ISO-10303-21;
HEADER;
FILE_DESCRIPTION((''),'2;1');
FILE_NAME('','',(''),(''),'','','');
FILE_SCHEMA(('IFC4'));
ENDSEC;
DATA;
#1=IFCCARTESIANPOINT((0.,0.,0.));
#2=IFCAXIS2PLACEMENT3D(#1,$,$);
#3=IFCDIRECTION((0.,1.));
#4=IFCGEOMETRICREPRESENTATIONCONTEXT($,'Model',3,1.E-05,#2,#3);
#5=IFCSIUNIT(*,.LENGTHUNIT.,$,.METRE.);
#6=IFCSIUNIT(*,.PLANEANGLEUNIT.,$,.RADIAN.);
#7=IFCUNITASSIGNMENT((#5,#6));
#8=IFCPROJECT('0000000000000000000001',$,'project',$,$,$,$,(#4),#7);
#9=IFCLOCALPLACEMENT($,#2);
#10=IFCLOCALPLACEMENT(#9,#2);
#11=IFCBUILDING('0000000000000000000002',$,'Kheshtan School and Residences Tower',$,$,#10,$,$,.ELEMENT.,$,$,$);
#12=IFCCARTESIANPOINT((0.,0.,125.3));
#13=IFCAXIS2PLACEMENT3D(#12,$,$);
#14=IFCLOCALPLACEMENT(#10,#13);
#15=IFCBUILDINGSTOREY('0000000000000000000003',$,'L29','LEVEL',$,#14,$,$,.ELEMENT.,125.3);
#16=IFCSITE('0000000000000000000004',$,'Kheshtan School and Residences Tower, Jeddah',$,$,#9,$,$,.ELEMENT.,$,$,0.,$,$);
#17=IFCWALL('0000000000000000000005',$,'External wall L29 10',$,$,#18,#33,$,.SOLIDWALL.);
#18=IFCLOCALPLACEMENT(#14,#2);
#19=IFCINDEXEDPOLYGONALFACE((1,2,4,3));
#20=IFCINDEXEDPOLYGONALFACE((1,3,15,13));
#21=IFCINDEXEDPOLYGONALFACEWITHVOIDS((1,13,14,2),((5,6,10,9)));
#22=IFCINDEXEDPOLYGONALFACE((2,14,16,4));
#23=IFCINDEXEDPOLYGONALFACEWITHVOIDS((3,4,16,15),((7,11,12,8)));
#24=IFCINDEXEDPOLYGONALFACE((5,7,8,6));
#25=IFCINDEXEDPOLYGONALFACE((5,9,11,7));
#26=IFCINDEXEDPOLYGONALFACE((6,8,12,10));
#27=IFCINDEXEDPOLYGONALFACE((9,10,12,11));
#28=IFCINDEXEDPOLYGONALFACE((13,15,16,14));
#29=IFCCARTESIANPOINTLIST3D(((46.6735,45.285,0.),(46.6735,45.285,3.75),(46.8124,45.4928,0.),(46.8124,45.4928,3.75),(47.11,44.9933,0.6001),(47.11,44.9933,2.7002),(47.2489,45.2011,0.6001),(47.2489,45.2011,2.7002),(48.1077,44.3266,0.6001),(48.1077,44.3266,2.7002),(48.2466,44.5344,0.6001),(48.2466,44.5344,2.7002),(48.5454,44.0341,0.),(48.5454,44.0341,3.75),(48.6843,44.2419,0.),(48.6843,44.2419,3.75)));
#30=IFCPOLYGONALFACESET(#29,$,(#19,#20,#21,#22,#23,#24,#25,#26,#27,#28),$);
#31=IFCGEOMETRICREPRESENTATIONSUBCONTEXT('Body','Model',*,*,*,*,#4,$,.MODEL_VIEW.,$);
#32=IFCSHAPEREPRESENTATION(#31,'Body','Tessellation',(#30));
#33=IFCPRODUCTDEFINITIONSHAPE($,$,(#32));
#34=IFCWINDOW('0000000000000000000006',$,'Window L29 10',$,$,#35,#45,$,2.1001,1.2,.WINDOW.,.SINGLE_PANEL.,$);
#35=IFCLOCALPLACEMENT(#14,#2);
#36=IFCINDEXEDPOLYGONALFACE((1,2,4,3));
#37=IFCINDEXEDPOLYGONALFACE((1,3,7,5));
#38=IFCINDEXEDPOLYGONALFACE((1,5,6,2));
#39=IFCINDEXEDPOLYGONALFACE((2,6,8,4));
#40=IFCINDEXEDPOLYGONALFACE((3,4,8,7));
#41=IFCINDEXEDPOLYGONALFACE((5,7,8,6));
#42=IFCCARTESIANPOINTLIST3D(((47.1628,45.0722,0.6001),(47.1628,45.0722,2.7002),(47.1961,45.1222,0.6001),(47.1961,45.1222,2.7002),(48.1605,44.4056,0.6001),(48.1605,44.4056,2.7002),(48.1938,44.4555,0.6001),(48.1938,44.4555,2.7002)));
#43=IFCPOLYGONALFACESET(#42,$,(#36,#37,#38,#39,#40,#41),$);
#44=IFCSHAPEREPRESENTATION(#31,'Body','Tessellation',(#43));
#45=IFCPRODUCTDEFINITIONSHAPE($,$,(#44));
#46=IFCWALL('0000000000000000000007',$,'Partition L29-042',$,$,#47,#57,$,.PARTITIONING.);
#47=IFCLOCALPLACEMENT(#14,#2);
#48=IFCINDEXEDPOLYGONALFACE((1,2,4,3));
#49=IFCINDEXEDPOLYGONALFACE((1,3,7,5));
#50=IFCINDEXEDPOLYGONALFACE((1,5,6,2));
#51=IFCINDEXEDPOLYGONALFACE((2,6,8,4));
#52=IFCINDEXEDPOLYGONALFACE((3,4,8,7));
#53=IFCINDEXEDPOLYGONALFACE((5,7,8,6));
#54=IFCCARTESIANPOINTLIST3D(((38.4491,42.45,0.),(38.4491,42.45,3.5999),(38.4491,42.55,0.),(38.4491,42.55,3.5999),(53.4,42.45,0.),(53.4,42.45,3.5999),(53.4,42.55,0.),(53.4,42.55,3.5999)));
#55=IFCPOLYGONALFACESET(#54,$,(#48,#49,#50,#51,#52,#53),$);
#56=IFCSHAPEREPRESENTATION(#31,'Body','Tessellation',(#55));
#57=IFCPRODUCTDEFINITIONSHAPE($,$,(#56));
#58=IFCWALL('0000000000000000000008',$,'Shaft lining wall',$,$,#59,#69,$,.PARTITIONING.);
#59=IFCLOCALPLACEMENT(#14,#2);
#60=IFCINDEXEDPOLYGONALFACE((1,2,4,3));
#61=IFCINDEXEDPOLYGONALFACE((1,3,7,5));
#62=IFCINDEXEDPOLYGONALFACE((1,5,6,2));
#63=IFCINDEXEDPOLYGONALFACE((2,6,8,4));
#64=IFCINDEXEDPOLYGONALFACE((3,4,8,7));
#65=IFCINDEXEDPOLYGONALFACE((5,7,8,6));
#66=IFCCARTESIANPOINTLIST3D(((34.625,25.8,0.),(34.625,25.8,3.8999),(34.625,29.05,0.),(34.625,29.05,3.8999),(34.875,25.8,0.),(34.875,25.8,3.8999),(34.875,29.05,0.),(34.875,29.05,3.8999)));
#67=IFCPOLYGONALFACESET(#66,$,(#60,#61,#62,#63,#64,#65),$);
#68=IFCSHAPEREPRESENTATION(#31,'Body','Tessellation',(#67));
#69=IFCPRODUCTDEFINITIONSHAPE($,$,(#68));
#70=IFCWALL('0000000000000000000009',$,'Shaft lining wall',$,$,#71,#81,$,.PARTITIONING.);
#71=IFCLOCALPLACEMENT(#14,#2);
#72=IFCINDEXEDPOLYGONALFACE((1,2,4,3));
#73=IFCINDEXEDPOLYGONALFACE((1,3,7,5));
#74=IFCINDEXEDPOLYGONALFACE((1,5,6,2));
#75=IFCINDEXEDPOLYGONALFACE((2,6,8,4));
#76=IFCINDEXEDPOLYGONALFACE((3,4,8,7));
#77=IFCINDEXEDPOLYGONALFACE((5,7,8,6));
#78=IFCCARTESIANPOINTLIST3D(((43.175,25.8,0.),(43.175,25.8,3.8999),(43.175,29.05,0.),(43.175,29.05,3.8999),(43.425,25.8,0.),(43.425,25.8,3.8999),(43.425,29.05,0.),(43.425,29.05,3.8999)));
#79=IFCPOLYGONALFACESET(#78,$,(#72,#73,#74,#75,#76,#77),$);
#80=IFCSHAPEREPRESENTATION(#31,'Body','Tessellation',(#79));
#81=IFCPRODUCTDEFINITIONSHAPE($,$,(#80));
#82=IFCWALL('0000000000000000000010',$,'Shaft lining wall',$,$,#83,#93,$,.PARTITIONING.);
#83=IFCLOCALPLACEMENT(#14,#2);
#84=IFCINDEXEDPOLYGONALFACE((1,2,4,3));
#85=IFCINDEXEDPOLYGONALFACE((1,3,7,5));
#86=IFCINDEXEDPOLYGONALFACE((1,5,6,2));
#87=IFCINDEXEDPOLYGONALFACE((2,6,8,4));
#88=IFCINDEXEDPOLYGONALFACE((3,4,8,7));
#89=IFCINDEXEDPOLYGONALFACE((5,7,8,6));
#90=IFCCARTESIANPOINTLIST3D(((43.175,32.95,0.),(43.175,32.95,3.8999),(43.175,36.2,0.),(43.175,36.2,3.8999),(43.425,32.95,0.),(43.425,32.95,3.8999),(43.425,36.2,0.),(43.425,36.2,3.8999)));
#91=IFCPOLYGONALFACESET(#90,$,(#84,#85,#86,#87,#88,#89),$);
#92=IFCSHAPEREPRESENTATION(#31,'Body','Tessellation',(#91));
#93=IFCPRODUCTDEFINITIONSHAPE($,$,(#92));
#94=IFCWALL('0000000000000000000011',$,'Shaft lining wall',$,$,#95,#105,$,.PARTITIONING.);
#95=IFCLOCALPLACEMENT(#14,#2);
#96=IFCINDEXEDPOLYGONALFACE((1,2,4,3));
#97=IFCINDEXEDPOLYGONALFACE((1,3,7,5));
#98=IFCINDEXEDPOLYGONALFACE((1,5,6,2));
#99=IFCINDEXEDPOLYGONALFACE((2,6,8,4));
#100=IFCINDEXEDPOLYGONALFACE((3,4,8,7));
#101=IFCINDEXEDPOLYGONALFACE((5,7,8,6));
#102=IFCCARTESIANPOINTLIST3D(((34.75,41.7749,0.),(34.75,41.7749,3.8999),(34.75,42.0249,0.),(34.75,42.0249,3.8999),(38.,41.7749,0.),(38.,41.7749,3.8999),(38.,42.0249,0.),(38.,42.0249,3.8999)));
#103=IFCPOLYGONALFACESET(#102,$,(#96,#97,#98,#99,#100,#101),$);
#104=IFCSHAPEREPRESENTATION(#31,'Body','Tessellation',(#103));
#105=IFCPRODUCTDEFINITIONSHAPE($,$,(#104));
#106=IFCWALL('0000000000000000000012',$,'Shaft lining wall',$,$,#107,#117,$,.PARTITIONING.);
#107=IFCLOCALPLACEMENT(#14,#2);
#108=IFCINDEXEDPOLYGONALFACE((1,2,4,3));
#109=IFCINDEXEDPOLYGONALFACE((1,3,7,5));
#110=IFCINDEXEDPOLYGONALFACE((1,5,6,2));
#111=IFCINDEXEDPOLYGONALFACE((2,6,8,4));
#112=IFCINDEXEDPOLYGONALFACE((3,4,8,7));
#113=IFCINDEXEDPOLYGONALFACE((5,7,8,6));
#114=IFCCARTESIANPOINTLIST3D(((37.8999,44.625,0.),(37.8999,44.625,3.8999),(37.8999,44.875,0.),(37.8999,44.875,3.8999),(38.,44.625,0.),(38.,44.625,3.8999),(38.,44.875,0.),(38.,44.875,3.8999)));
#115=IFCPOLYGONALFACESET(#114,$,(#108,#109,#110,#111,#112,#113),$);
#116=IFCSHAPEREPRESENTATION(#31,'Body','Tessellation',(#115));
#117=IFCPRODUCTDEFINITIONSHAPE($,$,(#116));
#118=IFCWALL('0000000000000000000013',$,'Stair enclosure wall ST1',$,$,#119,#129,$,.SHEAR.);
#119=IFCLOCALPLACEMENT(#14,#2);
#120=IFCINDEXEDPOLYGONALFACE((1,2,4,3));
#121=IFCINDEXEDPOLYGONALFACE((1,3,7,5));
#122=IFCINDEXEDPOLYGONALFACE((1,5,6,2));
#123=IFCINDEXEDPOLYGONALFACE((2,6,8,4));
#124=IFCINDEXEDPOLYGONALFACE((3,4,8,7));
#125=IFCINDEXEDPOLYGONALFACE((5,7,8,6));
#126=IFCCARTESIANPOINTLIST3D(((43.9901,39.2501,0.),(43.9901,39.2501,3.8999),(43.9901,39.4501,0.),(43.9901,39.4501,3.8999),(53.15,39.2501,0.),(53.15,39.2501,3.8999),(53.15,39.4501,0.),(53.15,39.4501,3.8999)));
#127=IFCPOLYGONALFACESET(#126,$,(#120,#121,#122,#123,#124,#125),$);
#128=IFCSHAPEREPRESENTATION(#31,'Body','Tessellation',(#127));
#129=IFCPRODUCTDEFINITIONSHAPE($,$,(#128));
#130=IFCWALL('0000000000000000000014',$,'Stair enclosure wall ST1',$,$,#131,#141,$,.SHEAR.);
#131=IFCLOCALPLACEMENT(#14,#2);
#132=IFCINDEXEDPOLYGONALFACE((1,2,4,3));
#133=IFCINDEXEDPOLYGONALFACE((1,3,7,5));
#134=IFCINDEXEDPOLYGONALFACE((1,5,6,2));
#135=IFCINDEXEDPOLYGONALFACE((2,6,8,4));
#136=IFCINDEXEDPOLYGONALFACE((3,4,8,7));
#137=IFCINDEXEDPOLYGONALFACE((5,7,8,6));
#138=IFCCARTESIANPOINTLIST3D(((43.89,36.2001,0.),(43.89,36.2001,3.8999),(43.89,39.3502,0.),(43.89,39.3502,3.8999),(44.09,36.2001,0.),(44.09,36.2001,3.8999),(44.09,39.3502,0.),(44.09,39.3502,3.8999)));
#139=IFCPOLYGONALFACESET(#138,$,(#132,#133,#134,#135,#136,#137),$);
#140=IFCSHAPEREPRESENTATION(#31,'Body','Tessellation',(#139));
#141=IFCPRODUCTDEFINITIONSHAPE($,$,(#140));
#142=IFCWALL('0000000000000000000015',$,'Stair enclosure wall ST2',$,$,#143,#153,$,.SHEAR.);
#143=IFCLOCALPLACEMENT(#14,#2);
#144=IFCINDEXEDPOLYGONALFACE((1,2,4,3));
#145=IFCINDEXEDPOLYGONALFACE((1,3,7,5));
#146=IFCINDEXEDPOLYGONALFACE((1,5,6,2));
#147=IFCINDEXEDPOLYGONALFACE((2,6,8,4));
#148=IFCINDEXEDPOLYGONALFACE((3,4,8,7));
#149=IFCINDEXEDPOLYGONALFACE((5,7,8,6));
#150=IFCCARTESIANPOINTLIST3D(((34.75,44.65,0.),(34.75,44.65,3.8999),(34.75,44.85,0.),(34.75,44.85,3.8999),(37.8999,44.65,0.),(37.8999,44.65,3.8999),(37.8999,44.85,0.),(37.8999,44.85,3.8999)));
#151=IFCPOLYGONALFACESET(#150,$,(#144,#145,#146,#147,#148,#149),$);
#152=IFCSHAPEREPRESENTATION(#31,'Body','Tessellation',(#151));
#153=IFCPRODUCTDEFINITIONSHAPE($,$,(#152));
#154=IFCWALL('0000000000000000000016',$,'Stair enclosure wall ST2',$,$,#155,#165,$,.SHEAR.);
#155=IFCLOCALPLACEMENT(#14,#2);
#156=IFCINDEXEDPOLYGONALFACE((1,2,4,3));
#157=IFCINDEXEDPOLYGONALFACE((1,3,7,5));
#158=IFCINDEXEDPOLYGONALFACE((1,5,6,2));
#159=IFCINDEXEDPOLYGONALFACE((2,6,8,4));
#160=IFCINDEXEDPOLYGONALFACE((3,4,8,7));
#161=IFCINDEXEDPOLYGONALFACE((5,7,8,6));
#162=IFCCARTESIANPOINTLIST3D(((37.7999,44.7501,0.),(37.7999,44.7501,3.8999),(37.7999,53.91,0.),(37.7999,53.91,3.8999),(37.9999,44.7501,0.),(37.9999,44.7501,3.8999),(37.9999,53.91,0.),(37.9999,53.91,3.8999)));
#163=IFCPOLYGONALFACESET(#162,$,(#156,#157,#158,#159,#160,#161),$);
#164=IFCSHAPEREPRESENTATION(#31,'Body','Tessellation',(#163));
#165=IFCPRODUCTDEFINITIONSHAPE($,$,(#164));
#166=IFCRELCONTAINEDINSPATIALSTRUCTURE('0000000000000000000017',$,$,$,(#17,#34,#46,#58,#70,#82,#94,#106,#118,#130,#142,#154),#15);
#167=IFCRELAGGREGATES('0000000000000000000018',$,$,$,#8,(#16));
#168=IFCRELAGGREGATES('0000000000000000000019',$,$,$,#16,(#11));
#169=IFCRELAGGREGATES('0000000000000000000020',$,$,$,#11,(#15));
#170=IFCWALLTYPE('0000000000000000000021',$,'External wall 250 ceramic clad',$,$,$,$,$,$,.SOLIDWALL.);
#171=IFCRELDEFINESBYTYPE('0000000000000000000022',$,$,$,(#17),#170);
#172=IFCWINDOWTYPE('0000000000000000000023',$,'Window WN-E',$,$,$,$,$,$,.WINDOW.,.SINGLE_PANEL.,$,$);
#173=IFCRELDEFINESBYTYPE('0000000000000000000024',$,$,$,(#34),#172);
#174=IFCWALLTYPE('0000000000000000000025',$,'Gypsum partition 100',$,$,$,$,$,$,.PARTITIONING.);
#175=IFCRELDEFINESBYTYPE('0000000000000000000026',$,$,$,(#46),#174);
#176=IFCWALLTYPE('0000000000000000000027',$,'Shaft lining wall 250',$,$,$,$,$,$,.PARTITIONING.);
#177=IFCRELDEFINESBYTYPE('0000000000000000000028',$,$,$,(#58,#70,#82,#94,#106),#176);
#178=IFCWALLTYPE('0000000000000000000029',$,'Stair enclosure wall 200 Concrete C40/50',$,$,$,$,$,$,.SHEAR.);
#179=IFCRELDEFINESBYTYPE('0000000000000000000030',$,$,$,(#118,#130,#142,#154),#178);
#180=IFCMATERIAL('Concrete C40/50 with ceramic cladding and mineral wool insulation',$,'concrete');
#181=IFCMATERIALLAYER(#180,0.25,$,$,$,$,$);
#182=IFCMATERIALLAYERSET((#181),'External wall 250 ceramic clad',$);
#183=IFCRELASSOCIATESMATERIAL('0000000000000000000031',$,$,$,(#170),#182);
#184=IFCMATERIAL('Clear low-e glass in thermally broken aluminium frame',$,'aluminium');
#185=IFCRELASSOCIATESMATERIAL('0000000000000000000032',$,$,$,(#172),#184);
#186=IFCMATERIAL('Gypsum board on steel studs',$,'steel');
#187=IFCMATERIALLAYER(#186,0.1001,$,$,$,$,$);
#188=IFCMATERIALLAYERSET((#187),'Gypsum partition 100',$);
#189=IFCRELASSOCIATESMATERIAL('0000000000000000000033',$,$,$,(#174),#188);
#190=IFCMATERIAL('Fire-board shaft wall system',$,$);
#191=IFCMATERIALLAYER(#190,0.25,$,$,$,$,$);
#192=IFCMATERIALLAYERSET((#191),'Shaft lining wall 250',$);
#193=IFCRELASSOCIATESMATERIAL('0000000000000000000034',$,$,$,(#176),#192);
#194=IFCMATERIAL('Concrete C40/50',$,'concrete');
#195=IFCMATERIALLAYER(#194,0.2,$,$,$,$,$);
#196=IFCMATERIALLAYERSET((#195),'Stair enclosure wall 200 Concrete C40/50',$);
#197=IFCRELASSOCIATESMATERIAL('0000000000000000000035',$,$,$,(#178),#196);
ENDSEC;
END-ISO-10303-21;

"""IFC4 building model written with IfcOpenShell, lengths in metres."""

from ifc_helpers import new_model, si_unit, direction, frame, frame_2d, origin, place, context, subcontext, project, spatial, rectangle, extrude, source, transform, mapped, material, layer, layer_set, type_object, element, fill, save


model = new_model("IFC4")

# Units and contexts
model_context = context("Model", 3, precision=1e-05, world=origin(), true_north=direction((0.0, 1.0)))
body_context = subcontext(model_context, "Body", "Model", "MODEL_VIEW")
ifc_project = project(units=[si_unit("LENGTHUNIT", "METRE"), si_unit("PLANEANGLEUNIT", "RADIAN")], contexts=[model_context])

# Site, building, storey
site_placement = place(None, origin())
site = spatial("IfcSite", under=ifc_project, at=site_placement, Name="Kheshtan School and Residences Tower, Jeddah", CompositionType="ELEMENT", RefElevation=0.0)
building_placement = place(site_placement, origin())
building = spatial("IfcBuilding", under=site, at=building_placement, Name="Kheshtan School and Residences Tower", CompositionType="ELEMENT")
storey_placement = place(building_placement, frame((0.0, 0.0, 125.3)))
storey = spatial("IfcBuildingStorey", under=building, at=storey_placement, Name="L29", Description="LEVEL", CompositionType="ELEMENT", Elevation=125.3)

# Shared definitions
ifc_material_1 = material(Name="Concrete C40/50 with ceramic cladding and mineral wool insulation", Category="concrete")
ifc_layer_1 = layer(ifc_material_1, 0.25)
ifc_layer_set_1 = layer_set([ifc_layer_1], Name="External wall 250 ceramic clad")
wall_type_1 = type_object("IfcWallType", Name="External wall 250 ceramic clad", PredefinedType="SOLIDWALL", material=ifc_layer_set_1)

# Wall, opening, window
wall_1_placement = place(storey_placement, frame((46.7429, 45.3889, 0.0), z_axis=(0.0, 0.0, 1.0), x_axis=(0.831449, -0.555601, 0.0)))
wall_1 = element("IfcWall", 1, at=wall_1_placement, inside=storey, type_object=wall_type_1, Name="External wall L29 10", PredefinedType="SOLIDWALL", context=body_context, shape_type="SweptSolid", body=[
    extrude(rectangle(XDim=2.2515, YDim=0.25, at=frame_2d((1.1257, 0.0))), origin(), (0.0, 0.0, 1.0), 3.75),
])
opening_1_placement = place(wall_1_placement, frame((0.5249, 0.0, 0.6001)))
opening_1 = element("IfcOpeningElement", 2, at=opening_1_placement, cuts=wall_1, PredefinedType="OPENING", context=body_context, shape_type="SweptSolid", body=[
    extrude(rectangle(XDim=1.2, YDim=2.1001, at=frame_2d((0.6001, 1.05))), frame((0.0, 0.135, 0.0), z_axis=(0.0, -1.0, 0.0), x_axis=(1.0, 0.0, 0.0)), (0.0, 0.0, 1.0), 0.27),
])
ifc_material_2 = material(Name="Clear low-e glass in thermally broken aluminium frame", Category="aluminium")
window_type = type_object("IfcWindowType", Name="Window WN-E", PartitioningType="SINGLE_PANEL", PredefinedType="WINDOW", material=ifc_material_2)
shared_shape_1 = source(origin(), body_context, "Body", "SweptSolid", [
    extrude(rectangle(XDim=1.2, YDim=2.1001, at=frame_2d((0.6001, 1.05))), frame((0.0, 0.03, 0.0), z_axis=(0.0, -1.0, 0.0), x_axis=(1.0, 0.0, 0.0)), (0.0, 0.0, 1.0), 0.0601),
])
window_placement = place(opening_1_placement, origin())
window = element("IfcWindow", 3, at=window_placement, inside=storey, type_object=window_type, Name="Window L29 10", OverallHeight=2.1001, OverallWidth=1.2, PartitioningType="SINGLE_PANEL", PredefinedType="WINDOW", context=body_context, shape_type="MappedRepresentation", body=[
    mapped(shared_shape_1, transform((0.0, 0.0, 0.0), x_axis=(1.0, 0.0, 0.0), y_axis=(0.0, 1.0, 0.0), z_axis=(0.0, 0.0, 1.0), scale=1.0)),
])
fill(opening_1, window)

# Walls
ifc_material_3 = material(Name="Gypsum board on steel studs", Category="steel")
ifc_layer_2 = layer(ifc_material_3, 0.1001)
ifc_layer_set_2 = layer_set([ifc_layer_2], Name="Gypsum partition 100")
wall_type_2 = type_object("IfcWallType", Name="Gypsum partition 100", PredefinedType="PARTITIONING", material=ifc_layer_set_2)
wall_2_placement = place(storey_placement, frame((38.449, 42.5, 0.0), z_axis=(0.0, 0.0, 1.0), x_axis=(1.0, 0.0, 0.0)))
element("IfcWall", 4, at=wall_2_placement, inside=storey, type_object=wall_type_2, Name="Partition L29-042", PredefinedType="PARTITIONING", context=body_context, shape_type="SweptSolid", body=[
    extrude(rectangle(XDim=14.9509, YDim=0.1001, at=frame_2d((7.4756, 0.0))), origin(), (0.0, 0.0, 1.0), 3.5999),
])
ifc_material_4 = material(Name="Fire-board shaft wall system")
ifc_layer_3 = layer(ifc_material_4, 0.25)
ifc_layer_set_3 = layer_set([ifc_layer_3], Name="Shaft lining wall 250")
wall_type_3 = type_object("IfcWallType", Name="Shaft lining wall 250", PredefinedType="PARTITIONING", material=ifc_layer_set_3)
for number, where, z_axis, x_axis, name in (
    (5, (34.75, 25.8, 0.0), (0.0, 0.0, 1.0), (0.0, 1.0, 0.0), "Shaft lining wall"),
    (6, (43.3, 25.8, 0.0), (0.0, 0.0, 1.0), (0.0, 1.0, 0.0), "Shaft lining wall"),
    (7, (43.3, 32.95, 0.0), (0.0, 0.0, 1.0), (0.0, 1.0, 0.0), "Shaft lining wall"),
    (8, (34.75, 41.8999, 0.0), (0.0, 0.0, 1.0), (1.0, 0.0, 0.0), "Shaft lining wall"),
):
    element("IfcWall", number, at=place(storey_placement, frame(where, z_axis=z_axis, x_axis=x_axis)), inside=storey, type_object=wall_type_3, Name=name, PredefinedType="PARTITIONING", context=body_context, shape_type="SweptSolid", body=[
        extrude(rectangle(XDim=3.25, YDim=0.25, at=frame_2d((1.625, 0.0))), origin(), (0.0, 0.0, 1.0), 3.8999),
    ])
wall_3_placement = place(storey_placement, frame((37.8999, 44.75, 0.0), z_axis=(0.0, 0.0, 1.0), x_axis=(1.0, 0.0, 0.0)))
element("IfcWall", 9, at=wall_3_placement, inside=storey, type_object=wall_type_3, Name="Shaft lining wall", PredefinedType="PARTITIONING", context=body_context, shape_type="SweptSolid", body=[
    extrude(rectangle(XDim=0.1001, YDim=0.25, at=frame_2d((0.05, 0.0))), origin(), (0.0, 0.0, 1.0), 3.8999),
])
ifc_material_5 = material(Name="Concrete C40/50", Category="concrete")
ifc_layer_4 = layer(ifc_material_5, 0.2)
ifc_layer_set_4 = layer_set([ifc_layer_4], Name="Stair enclosure wall 200 Concrete C40/50")
wall_type_4 = type_object("IfcWallType", Name="Stair enclosure wall 200 Concrete C40/50", PredefinedType="SHEAR", material=ifc_layer_set_4)
wall_4_placement = place(storey_placement, frame((43.99, 39.3501, 0.0), z_axis=(0.0, 0.0, 1.0), x_axis=(1.0, 0.0, 0.0)))
element("IfcWall", 10, at=wall_4_placement, inside=storey, type_object=wall_type_4, Name="Stair enclosure wall ST1", PredefinedType="SHEAR", context=body_context, shape_type="SweptSolid", body=[
    extrude(rectangle(XDim=9.1599, YDim=0.2, at=frame_2d((4.5801, 0.0))), origin(), (0.0, 0.0, 1.0), 3.8999),
])
wall_5_placement = place(storey_placement, frame((43.99, 36.2, 0.0), z_axis=(0.0, 0.0, 1.0), x_axis=(0.0, 1.0, 0.0)))
element("IfcWall", 11, at=wall_5_placement, inside=storey, type_object=wall_type_4, Name="Stair enclosure wall ST1", PredefinedType="SHEAR", context=body_context, shape_type="SweptSolid", body=[
    extrude(rectangle(XDim=3.1501, YDim=0.2, at=frame_2d((1.5752, 0.0))), origin(), (0.0, 0.0, 1.0), 3.8999),
])
wall_6_placement = place(storey_placement, frame((34.75, 44.75, 0.0), z_axis=(0.0, 0.0, 1.0), x_axis=(1.0, 0.0, 0.0)))
element("IfcWall", 12, at=wall_6_placement, inside=storey, type_object=wall_type_4, Name="Stair enclosure wall ST2", PredefinedType="SHEAR", context=body_context, shape_type="SweptSolid", body=[
    extrude(rectangle(XDim=3.1499, YDim=0.2, at=frame_2d((1.575, 0.0))), origin(), (0.0, 0.0, 1.0), 3.8999),
])
wall_7_placement = place(storey_placement, frame((37.8999, 44.75, 0.0), z_axis=(0.0, 0.0, 1.0), x_axis=(0.0, 1.0, 0.0)))
element("IfcWall", 13, at=wall_7_placement, inside=storey, type_object=wall_type_4, Name="Stair enclosure wall ST2", PredefinedType="SHEAR", context=body_context, shape_type="SweptSolid", body=[
    extrude(rectangle(XDim=9.1599, YDim=0.2, at=frame_2d((4.5801, 0.0))), origin(), (0.0, 0.0, 1.0), 3.8999),
])

save(model, "model.ifc")
